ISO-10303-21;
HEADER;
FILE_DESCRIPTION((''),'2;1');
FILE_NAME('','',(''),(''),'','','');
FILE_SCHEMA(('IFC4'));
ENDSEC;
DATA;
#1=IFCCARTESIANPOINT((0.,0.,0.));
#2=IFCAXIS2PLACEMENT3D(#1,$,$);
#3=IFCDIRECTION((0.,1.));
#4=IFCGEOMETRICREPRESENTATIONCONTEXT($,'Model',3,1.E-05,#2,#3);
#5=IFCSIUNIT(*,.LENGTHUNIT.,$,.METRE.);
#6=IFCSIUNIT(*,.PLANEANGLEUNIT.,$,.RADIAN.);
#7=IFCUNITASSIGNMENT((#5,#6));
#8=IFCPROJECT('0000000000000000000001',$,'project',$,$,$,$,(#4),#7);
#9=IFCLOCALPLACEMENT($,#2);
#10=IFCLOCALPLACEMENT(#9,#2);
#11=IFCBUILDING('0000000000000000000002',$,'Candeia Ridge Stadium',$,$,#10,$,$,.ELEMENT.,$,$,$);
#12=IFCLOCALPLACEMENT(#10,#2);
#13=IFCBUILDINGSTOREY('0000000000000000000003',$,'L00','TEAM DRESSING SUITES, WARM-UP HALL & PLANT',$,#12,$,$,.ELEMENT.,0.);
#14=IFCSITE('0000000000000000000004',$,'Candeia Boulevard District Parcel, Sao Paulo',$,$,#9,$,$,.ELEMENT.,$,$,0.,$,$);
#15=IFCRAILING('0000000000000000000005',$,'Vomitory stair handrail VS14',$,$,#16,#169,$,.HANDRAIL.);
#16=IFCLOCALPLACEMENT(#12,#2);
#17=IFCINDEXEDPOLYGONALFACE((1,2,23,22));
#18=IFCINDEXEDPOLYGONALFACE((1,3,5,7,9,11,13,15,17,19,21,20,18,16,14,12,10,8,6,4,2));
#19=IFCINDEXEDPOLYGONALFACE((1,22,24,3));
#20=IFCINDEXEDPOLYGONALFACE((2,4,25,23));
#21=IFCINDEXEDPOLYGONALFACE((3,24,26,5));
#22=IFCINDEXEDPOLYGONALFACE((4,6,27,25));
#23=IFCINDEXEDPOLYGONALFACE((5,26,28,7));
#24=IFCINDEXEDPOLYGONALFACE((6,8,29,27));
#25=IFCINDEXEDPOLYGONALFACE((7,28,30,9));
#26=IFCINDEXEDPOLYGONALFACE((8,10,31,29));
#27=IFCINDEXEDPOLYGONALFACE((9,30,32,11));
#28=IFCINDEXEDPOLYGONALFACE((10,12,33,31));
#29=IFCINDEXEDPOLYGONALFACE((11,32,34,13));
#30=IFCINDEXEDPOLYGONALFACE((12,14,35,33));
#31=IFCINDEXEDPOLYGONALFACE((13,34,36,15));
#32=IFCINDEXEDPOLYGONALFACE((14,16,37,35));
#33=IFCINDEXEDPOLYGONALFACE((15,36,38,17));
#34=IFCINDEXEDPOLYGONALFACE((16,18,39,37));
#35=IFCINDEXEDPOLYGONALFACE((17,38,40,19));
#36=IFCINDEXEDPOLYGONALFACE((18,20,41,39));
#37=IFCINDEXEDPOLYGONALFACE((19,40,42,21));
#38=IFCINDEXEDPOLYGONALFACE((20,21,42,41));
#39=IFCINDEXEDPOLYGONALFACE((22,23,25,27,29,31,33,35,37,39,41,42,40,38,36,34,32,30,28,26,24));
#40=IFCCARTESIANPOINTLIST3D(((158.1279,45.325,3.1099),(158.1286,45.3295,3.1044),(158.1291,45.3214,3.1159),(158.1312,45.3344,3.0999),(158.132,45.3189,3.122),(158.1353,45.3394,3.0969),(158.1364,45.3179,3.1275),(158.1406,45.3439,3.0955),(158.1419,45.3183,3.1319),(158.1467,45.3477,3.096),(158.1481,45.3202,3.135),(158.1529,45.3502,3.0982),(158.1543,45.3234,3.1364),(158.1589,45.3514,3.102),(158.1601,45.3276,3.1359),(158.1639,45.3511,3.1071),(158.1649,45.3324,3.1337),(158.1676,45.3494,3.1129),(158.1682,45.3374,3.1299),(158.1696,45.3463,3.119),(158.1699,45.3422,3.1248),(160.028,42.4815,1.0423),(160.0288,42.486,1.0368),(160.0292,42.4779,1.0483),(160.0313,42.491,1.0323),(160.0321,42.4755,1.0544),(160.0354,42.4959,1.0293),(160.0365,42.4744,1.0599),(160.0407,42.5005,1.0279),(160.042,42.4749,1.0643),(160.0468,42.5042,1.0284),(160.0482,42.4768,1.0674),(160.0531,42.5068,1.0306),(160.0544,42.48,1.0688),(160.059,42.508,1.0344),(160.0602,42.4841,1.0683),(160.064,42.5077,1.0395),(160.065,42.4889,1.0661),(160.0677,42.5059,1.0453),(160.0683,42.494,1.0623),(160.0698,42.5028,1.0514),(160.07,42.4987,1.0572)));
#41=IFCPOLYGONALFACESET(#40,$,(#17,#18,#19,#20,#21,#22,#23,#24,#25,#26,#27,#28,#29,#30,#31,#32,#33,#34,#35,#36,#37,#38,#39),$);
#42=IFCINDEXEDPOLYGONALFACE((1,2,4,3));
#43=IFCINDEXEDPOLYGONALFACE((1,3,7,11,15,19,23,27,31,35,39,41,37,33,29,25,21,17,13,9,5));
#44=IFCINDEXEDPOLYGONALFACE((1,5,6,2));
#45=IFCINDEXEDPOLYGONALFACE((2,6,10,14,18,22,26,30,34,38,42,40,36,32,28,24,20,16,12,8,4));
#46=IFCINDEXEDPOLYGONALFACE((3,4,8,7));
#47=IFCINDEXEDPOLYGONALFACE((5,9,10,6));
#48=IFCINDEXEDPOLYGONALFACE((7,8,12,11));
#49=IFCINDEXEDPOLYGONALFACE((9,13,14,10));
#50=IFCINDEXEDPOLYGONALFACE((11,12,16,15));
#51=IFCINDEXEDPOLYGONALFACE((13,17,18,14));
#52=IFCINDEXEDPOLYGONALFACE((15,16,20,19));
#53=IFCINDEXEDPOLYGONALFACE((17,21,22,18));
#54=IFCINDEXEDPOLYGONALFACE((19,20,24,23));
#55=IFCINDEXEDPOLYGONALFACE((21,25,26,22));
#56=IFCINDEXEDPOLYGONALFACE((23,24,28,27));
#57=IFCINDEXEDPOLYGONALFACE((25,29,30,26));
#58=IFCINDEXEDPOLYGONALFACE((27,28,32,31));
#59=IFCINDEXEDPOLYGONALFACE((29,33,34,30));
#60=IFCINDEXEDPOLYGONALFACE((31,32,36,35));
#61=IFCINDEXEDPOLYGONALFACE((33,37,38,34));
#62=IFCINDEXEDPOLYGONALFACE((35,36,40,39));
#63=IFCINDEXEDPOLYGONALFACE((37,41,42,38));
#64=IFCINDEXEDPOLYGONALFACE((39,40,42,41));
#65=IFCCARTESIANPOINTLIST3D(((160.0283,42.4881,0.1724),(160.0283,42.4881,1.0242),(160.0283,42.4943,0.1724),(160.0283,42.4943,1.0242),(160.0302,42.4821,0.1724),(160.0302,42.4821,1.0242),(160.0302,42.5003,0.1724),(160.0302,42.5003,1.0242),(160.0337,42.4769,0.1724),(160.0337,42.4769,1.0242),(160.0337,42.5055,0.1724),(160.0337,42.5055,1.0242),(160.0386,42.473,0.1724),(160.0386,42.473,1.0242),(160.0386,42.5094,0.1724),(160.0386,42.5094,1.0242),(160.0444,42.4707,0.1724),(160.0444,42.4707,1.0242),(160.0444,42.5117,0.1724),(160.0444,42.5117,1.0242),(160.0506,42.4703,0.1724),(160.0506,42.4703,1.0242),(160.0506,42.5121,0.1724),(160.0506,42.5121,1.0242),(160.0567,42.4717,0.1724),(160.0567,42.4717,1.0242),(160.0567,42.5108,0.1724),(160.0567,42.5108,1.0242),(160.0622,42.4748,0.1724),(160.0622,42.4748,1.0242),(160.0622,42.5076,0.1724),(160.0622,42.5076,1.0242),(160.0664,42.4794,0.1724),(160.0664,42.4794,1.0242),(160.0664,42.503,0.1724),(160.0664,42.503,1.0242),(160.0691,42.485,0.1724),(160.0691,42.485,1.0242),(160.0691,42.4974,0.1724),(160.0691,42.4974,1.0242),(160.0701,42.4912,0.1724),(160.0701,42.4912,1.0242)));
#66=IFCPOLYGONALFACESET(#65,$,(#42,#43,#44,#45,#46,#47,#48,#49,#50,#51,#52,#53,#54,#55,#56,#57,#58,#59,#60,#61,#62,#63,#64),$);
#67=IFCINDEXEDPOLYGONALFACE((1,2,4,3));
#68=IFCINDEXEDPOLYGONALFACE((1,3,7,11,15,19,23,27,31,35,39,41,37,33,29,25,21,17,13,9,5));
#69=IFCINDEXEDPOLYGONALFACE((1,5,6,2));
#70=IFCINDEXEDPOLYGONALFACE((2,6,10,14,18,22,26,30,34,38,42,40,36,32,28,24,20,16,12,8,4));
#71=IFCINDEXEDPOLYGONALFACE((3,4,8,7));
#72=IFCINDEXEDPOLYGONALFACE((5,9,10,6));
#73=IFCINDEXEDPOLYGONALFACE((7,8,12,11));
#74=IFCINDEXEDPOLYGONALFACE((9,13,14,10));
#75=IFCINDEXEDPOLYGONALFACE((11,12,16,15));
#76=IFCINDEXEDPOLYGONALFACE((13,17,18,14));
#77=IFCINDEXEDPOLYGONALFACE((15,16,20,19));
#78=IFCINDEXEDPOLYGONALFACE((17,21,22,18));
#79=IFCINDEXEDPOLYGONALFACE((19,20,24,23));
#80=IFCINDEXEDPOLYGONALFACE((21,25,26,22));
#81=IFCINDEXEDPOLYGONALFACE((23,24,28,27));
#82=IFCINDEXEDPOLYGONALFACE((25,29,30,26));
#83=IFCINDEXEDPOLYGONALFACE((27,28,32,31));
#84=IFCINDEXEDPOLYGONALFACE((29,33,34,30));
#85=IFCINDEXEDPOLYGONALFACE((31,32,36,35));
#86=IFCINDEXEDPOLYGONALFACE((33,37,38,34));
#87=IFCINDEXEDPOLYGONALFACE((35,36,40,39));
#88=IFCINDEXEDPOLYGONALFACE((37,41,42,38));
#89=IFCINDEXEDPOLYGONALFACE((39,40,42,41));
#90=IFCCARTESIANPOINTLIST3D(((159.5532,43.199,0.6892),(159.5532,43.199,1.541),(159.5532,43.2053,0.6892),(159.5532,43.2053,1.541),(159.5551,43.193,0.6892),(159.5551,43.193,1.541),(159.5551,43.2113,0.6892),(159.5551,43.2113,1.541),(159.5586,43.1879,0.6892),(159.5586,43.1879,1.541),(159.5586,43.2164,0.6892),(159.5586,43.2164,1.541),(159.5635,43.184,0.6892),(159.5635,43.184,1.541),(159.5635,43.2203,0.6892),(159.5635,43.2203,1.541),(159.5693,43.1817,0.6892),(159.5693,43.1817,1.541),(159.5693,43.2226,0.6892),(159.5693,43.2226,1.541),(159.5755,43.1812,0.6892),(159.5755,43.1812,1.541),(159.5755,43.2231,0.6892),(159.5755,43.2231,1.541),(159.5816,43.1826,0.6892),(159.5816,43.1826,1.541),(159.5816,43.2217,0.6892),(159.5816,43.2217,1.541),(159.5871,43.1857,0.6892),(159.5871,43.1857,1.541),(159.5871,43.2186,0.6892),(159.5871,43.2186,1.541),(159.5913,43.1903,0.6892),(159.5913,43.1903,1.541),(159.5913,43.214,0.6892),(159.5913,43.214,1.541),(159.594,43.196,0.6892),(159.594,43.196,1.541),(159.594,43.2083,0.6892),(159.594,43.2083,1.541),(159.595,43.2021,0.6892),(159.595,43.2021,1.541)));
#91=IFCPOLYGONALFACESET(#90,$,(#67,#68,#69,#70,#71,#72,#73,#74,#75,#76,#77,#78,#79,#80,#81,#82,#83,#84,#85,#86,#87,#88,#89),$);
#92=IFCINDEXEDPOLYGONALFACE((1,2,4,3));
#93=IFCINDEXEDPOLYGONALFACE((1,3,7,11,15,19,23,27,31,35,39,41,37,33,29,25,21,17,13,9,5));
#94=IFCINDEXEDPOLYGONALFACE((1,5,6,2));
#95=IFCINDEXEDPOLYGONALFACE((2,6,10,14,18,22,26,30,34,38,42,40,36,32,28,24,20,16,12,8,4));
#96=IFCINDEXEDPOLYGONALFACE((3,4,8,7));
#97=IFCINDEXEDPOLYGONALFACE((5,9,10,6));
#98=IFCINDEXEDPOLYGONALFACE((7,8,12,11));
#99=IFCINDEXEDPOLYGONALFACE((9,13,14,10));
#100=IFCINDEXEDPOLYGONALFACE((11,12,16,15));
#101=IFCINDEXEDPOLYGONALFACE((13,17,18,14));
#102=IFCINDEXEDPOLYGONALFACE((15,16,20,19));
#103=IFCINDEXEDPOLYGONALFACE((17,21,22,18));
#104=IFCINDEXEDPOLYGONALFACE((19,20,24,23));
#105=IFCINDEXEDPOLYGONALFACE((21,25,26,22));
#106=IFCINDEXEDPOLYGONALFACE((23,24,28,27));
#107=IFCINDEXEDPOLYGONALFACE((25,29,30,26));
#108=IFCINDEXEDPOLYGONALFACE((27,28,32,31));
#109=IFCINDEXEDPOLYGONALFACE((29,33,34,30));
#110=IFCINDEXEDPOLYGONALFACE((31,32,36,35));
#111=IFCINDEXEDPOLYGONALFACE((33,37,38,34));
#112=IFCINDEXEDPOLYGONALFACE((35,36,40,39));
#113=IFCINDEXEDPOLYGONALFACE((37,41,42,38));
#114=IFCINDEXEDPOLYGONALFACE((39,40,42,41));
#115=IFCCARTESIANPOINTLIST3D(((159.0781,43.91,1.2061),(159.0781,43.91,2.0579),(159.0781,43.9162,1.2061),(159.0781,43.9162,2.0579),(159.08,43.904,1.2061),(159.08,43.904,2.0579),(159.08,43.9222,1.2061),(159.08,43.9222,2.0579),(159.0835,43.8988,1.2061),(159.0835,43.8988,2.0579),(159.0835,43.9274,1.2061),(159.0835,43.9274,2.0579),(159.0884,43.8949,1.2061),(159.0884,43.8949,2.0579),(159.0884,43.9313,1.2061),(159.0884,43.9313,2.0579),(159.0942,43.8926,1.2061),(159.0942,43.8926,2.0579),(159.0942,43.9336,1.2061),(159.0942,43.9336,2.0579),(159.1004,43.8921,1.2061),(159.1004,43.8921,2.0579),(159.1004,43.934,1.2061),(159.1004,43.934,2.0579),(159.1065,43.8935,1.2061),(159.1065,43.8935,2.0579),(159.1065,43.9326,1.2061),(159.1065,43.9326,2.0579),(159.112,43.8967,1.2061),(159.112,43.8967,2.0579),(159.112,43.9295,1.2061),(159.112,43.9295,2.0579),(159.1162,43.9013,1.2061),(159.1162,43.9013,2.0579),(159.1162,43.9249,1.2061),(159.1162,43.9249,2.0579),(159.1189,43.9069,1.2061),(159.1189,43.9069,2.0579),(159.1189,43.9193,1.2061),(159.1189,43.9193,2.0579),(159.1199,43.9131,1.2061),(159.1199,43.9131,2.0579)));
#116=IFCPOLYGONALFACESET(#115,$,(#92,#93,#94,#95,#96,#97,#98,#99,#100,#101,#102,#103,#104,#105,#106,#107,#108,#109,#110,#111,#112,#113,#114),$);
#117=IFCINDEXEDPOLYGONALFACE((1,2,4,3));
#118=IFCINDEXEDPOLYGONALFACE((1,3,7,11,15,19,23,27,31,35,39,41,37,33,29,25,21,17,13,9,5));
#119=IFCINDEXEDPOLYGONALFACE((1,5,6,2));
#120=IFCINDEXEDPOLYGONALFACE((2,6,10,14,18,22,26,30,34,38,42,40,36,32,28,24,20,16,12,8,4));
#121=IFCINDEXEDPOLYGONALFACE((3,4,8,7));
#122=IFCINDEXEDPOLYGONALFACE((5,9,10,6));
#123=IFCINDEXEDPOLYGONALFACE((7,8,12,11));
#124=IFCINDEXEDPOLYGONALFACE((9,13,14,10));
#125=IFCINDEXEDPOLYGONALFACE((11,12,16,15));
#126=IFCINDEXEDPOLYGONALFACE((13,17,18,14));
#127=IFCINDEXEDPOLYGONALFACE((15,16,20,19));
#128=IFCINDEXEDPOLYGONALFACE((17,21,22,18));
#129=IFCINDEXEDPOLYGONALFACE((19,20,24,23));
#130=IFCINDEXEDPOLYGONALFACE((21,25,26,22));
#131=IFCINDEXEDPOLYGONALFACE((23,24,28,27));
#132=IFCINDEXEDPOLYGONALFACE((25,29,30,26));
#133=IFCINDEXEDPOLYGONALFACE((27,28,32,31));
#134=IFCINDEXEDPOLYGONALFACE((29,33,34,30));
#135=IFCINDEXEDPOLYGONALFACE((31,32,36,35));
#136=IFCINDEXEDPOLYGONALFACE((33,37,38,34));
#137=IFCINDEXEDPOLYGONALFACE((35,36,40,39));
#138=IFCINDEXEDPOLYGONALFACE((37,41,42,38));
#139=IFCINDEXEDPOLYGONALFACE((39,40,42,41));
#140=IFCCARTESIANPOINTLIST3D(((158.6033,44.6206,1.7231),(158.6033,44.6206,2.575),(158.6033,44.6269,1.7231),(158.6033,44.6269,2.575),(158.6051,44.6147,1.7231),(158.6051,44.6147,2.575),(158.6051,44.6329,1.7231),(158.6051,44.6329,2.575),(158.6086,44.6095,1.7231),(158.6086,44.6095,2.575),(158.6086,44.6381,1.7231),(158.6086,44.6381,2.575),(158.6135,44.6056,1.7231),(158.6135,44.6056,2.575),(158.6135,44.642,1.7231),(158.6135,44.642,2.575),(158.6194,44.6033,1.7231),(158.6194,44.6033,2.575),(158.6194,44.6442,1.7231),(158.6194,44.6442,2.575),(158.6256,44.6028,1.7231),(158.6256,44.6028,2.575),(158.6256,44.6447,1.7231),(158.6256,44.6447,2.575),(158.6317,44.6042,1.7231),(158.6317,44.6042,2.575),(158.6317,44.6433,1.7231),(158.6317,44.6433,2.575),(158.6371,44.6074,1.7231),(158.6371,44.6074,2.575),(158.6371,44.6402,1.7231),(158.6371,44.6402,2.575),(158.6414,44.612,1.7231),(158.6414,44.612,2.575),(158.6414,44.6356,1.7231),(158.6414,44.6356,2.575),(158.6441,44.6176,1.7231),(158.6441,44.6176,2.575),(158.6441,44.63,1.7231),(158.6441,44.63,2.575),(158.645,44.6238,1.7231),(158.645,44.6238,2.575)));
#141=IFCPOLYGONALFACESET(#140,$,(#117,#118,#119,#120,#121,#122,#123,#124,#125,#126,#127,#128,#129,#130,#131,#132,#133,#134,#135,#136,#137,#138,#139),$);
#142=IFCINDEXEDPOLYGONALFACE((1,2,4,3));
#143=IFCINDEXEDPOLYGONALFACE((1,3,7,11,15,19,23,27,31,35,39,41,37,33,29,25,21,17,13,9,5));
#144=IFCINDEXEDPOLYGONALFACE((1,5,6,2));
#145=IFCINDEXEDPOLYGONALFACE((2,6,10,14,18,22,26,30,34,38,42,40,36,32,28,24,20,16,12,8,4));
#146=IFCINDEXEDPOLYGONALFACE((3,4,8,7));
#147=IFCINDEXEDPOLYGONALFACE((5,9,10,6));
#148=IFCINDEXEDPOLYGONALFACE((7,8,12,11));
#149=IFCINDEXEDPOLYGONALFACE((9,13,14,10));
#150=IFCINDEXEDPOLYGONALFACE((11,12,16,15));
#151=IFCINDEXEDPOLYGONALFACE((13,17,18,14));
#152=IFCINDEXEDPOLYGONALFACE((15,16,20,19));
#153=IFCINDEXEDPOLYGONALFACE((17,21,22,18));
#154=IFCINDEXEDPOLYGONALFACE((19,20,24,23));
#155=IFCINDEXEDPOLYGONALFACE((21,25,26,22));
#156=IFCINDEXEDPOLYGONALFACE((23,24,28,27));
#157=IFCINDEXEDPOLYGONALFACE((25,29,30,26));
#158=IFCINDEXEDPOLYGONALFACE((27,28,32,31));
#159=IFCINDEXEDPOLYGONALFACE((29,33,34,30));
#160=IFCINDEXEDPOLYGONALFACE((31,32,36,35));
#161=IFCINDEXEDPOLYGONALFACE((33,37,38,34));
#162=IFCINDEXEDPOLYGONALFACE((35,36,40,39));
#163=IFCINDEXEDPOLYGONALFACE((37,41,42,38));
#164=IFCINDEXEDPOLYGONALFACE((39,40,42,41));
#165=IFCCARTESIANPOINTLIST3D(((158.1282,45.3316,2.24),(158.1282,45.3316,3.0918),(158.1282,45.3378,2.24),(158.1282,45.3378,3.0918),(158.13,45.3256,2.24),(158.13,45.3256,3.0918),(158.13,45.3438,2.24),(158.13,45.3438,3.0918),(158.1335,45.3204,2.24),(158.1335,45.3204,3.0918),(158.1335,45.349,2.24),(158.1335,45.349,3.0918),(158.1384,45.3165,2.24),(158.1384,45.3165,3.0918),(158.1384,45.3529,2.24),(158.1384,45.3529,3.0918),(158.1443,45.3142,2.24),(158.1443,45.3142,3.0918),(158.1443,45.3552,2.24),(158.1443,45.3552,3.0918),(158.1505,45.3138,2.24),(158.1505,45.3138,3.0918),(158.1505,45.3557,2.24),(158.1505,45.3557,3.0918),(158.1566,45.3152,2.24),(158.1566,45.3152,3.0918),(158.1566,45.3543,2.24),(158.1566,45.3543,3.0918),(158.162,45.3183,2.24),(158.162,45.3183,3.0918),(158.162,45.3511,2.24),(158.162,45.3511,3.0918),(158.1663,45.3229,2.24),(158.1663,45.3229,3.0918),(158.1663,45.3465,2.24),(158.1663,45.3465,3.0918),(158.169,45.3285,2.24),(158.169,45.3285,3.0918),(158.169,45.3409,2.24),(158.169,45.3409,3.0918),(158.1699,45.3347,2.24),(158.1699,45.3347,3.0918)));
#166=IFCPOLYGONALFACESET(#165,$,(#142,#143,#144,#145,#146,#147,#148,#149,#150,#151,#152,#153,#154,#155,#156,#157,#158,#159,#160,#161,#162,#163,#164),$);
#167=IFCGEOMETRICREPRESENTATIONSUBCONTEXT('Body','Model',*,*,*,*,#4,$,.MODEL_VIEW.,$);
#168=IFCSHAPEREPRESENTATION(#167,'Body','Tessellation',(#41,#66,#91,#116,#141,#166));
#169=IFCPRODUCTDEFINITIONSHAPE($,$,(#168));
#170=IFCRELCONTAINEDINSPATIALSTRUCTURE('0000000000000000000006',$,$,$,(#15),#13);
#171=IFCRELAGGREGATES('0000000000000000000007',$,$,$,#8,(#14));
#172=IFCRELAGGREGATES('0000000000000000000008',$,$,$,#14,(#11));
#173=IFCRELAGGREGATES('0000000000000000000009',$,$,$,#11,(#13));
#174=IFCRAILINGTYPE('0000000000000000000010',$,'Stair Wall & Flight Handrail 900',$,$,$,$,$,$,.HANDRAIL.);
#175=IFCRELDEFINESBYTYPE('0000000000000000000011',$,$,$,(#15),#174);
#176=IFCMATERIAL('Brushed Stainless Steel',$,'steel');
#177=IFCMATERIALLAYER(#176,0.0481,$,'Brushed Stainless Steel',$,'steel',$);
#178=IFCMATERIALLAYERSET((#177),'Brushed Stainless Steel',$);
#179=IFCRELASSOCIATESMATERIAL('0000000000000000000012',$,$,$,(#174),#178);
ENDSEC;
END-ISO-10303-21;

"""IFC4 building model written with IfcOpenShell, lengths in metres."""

from ifc_helpers import new_model, si_unit, direction, frame, origin, origin_2d, place, context, subcontext, project, spatial, circle, extrude, material, layer, layer_set, type_object, element, save


model = new_model("IFC4")

# Units and contexts
model_context = context("Model", 3, precision=1e-05, world=origin(), true_north=direction((0.0, 1.0)))
body_context = subcontext(model_context, "Body", "Model", "MODEL_VIEW")
ifc_project = project(units=[si_unit("LENGTHUNIT", "METRE"), si_unit("PLANEANGLEUNIT", "RADIAN")], contexts=[model_context])

# Site, building, storey
site_placement = place(None, origin())
site = spatial("IfcSite", under=ifc_project, at=site_placement, Name="Candeia Boulevard District Parcel, Sao Paulo", CompositionType="ELEMENT", RefElevation=0.0)
building_placement = place(site_placement, origin())
building = spatial("IfcBuilding", under=site, at=building_placement, Name="Candeia Ridge Stadium", CompositionType="ELEMENT")
storey_placement = place(building_placement, origin())
storey = spatial("IfcBuildingStorey", under=building, at=storey_placement, Name="L00", Description="TEAM DRESSING SUITES, WARM-UP HALL & PLANT", CompositionType="ELEMENT", Elevation=0.0)

# Railing
ifc_material_1 = material(Name="Brushed Stainless Steel", Category="steel")
ifc_layer_1 = layer(ifc_material_1, 0.0481, Name="Brushed Stainless Steel", Category="steel")
ifc_layer_set_1 = layer_set([ifc_layer_1], Name="Brushed Stainless Steel")
railing_type_1 = type_object("IfcRailingType", Name="Stair Wall & Flight Handrail 900", PredefinedType="HANDRAIL", material=ifc_layer_set_1)
railing_1_placement = place(storey_placement, frame((160.0491, 42.4912, 0.1724)))
element("IfcRailing", 1, at=railing_1_placement, inside=storey, type_object=railing_type_1, Name="Vomitory stair handrail VS14", PredefinedType="HANDRAIL", context=body_context, shape_type="SweptSolid", body=[
    extrude(circle(Radius=0.0239, at=origin_2d()), frame((0.0, 0.0, 0.876), z_axis=(-0.475465, 0.711518, 0.517373), x_axis=(-0.831446, -0.555606, 0.0)), (0.0, 0.0, 1.0), 3.9963),
    extrude(circle(Radius=0.021, at=origin_2d()), origin(), (0.0, 0.0, 1.0), 0.8518),
    extrude(circle(Radius=0.021, at=origin_2d()), frame((-0.4751, 0.7109, 0.5168)), (0.0, 0.0, 1.0), 0.8518),
    extrude(circle(Radius=0.021, at=origin_2d()), frame((-0.9502, 1.4219, 1.0337)), (0.0, 0.0, 1.0), 0.8518),
    extrude(circle(Radius=0.021, at=origin_2d()), frame((-1.425, 2.1326, 1.5508)), (0.0, 0.0, 1.0), 0.8518),
    extrude(circle(Radius=0.021, at=origin_2d()), frame((-1.9001, 2.8435, 2.0676)), (0.0, 0.0, 1.0), 0.8518),
])

save(model, "model.ifc")
